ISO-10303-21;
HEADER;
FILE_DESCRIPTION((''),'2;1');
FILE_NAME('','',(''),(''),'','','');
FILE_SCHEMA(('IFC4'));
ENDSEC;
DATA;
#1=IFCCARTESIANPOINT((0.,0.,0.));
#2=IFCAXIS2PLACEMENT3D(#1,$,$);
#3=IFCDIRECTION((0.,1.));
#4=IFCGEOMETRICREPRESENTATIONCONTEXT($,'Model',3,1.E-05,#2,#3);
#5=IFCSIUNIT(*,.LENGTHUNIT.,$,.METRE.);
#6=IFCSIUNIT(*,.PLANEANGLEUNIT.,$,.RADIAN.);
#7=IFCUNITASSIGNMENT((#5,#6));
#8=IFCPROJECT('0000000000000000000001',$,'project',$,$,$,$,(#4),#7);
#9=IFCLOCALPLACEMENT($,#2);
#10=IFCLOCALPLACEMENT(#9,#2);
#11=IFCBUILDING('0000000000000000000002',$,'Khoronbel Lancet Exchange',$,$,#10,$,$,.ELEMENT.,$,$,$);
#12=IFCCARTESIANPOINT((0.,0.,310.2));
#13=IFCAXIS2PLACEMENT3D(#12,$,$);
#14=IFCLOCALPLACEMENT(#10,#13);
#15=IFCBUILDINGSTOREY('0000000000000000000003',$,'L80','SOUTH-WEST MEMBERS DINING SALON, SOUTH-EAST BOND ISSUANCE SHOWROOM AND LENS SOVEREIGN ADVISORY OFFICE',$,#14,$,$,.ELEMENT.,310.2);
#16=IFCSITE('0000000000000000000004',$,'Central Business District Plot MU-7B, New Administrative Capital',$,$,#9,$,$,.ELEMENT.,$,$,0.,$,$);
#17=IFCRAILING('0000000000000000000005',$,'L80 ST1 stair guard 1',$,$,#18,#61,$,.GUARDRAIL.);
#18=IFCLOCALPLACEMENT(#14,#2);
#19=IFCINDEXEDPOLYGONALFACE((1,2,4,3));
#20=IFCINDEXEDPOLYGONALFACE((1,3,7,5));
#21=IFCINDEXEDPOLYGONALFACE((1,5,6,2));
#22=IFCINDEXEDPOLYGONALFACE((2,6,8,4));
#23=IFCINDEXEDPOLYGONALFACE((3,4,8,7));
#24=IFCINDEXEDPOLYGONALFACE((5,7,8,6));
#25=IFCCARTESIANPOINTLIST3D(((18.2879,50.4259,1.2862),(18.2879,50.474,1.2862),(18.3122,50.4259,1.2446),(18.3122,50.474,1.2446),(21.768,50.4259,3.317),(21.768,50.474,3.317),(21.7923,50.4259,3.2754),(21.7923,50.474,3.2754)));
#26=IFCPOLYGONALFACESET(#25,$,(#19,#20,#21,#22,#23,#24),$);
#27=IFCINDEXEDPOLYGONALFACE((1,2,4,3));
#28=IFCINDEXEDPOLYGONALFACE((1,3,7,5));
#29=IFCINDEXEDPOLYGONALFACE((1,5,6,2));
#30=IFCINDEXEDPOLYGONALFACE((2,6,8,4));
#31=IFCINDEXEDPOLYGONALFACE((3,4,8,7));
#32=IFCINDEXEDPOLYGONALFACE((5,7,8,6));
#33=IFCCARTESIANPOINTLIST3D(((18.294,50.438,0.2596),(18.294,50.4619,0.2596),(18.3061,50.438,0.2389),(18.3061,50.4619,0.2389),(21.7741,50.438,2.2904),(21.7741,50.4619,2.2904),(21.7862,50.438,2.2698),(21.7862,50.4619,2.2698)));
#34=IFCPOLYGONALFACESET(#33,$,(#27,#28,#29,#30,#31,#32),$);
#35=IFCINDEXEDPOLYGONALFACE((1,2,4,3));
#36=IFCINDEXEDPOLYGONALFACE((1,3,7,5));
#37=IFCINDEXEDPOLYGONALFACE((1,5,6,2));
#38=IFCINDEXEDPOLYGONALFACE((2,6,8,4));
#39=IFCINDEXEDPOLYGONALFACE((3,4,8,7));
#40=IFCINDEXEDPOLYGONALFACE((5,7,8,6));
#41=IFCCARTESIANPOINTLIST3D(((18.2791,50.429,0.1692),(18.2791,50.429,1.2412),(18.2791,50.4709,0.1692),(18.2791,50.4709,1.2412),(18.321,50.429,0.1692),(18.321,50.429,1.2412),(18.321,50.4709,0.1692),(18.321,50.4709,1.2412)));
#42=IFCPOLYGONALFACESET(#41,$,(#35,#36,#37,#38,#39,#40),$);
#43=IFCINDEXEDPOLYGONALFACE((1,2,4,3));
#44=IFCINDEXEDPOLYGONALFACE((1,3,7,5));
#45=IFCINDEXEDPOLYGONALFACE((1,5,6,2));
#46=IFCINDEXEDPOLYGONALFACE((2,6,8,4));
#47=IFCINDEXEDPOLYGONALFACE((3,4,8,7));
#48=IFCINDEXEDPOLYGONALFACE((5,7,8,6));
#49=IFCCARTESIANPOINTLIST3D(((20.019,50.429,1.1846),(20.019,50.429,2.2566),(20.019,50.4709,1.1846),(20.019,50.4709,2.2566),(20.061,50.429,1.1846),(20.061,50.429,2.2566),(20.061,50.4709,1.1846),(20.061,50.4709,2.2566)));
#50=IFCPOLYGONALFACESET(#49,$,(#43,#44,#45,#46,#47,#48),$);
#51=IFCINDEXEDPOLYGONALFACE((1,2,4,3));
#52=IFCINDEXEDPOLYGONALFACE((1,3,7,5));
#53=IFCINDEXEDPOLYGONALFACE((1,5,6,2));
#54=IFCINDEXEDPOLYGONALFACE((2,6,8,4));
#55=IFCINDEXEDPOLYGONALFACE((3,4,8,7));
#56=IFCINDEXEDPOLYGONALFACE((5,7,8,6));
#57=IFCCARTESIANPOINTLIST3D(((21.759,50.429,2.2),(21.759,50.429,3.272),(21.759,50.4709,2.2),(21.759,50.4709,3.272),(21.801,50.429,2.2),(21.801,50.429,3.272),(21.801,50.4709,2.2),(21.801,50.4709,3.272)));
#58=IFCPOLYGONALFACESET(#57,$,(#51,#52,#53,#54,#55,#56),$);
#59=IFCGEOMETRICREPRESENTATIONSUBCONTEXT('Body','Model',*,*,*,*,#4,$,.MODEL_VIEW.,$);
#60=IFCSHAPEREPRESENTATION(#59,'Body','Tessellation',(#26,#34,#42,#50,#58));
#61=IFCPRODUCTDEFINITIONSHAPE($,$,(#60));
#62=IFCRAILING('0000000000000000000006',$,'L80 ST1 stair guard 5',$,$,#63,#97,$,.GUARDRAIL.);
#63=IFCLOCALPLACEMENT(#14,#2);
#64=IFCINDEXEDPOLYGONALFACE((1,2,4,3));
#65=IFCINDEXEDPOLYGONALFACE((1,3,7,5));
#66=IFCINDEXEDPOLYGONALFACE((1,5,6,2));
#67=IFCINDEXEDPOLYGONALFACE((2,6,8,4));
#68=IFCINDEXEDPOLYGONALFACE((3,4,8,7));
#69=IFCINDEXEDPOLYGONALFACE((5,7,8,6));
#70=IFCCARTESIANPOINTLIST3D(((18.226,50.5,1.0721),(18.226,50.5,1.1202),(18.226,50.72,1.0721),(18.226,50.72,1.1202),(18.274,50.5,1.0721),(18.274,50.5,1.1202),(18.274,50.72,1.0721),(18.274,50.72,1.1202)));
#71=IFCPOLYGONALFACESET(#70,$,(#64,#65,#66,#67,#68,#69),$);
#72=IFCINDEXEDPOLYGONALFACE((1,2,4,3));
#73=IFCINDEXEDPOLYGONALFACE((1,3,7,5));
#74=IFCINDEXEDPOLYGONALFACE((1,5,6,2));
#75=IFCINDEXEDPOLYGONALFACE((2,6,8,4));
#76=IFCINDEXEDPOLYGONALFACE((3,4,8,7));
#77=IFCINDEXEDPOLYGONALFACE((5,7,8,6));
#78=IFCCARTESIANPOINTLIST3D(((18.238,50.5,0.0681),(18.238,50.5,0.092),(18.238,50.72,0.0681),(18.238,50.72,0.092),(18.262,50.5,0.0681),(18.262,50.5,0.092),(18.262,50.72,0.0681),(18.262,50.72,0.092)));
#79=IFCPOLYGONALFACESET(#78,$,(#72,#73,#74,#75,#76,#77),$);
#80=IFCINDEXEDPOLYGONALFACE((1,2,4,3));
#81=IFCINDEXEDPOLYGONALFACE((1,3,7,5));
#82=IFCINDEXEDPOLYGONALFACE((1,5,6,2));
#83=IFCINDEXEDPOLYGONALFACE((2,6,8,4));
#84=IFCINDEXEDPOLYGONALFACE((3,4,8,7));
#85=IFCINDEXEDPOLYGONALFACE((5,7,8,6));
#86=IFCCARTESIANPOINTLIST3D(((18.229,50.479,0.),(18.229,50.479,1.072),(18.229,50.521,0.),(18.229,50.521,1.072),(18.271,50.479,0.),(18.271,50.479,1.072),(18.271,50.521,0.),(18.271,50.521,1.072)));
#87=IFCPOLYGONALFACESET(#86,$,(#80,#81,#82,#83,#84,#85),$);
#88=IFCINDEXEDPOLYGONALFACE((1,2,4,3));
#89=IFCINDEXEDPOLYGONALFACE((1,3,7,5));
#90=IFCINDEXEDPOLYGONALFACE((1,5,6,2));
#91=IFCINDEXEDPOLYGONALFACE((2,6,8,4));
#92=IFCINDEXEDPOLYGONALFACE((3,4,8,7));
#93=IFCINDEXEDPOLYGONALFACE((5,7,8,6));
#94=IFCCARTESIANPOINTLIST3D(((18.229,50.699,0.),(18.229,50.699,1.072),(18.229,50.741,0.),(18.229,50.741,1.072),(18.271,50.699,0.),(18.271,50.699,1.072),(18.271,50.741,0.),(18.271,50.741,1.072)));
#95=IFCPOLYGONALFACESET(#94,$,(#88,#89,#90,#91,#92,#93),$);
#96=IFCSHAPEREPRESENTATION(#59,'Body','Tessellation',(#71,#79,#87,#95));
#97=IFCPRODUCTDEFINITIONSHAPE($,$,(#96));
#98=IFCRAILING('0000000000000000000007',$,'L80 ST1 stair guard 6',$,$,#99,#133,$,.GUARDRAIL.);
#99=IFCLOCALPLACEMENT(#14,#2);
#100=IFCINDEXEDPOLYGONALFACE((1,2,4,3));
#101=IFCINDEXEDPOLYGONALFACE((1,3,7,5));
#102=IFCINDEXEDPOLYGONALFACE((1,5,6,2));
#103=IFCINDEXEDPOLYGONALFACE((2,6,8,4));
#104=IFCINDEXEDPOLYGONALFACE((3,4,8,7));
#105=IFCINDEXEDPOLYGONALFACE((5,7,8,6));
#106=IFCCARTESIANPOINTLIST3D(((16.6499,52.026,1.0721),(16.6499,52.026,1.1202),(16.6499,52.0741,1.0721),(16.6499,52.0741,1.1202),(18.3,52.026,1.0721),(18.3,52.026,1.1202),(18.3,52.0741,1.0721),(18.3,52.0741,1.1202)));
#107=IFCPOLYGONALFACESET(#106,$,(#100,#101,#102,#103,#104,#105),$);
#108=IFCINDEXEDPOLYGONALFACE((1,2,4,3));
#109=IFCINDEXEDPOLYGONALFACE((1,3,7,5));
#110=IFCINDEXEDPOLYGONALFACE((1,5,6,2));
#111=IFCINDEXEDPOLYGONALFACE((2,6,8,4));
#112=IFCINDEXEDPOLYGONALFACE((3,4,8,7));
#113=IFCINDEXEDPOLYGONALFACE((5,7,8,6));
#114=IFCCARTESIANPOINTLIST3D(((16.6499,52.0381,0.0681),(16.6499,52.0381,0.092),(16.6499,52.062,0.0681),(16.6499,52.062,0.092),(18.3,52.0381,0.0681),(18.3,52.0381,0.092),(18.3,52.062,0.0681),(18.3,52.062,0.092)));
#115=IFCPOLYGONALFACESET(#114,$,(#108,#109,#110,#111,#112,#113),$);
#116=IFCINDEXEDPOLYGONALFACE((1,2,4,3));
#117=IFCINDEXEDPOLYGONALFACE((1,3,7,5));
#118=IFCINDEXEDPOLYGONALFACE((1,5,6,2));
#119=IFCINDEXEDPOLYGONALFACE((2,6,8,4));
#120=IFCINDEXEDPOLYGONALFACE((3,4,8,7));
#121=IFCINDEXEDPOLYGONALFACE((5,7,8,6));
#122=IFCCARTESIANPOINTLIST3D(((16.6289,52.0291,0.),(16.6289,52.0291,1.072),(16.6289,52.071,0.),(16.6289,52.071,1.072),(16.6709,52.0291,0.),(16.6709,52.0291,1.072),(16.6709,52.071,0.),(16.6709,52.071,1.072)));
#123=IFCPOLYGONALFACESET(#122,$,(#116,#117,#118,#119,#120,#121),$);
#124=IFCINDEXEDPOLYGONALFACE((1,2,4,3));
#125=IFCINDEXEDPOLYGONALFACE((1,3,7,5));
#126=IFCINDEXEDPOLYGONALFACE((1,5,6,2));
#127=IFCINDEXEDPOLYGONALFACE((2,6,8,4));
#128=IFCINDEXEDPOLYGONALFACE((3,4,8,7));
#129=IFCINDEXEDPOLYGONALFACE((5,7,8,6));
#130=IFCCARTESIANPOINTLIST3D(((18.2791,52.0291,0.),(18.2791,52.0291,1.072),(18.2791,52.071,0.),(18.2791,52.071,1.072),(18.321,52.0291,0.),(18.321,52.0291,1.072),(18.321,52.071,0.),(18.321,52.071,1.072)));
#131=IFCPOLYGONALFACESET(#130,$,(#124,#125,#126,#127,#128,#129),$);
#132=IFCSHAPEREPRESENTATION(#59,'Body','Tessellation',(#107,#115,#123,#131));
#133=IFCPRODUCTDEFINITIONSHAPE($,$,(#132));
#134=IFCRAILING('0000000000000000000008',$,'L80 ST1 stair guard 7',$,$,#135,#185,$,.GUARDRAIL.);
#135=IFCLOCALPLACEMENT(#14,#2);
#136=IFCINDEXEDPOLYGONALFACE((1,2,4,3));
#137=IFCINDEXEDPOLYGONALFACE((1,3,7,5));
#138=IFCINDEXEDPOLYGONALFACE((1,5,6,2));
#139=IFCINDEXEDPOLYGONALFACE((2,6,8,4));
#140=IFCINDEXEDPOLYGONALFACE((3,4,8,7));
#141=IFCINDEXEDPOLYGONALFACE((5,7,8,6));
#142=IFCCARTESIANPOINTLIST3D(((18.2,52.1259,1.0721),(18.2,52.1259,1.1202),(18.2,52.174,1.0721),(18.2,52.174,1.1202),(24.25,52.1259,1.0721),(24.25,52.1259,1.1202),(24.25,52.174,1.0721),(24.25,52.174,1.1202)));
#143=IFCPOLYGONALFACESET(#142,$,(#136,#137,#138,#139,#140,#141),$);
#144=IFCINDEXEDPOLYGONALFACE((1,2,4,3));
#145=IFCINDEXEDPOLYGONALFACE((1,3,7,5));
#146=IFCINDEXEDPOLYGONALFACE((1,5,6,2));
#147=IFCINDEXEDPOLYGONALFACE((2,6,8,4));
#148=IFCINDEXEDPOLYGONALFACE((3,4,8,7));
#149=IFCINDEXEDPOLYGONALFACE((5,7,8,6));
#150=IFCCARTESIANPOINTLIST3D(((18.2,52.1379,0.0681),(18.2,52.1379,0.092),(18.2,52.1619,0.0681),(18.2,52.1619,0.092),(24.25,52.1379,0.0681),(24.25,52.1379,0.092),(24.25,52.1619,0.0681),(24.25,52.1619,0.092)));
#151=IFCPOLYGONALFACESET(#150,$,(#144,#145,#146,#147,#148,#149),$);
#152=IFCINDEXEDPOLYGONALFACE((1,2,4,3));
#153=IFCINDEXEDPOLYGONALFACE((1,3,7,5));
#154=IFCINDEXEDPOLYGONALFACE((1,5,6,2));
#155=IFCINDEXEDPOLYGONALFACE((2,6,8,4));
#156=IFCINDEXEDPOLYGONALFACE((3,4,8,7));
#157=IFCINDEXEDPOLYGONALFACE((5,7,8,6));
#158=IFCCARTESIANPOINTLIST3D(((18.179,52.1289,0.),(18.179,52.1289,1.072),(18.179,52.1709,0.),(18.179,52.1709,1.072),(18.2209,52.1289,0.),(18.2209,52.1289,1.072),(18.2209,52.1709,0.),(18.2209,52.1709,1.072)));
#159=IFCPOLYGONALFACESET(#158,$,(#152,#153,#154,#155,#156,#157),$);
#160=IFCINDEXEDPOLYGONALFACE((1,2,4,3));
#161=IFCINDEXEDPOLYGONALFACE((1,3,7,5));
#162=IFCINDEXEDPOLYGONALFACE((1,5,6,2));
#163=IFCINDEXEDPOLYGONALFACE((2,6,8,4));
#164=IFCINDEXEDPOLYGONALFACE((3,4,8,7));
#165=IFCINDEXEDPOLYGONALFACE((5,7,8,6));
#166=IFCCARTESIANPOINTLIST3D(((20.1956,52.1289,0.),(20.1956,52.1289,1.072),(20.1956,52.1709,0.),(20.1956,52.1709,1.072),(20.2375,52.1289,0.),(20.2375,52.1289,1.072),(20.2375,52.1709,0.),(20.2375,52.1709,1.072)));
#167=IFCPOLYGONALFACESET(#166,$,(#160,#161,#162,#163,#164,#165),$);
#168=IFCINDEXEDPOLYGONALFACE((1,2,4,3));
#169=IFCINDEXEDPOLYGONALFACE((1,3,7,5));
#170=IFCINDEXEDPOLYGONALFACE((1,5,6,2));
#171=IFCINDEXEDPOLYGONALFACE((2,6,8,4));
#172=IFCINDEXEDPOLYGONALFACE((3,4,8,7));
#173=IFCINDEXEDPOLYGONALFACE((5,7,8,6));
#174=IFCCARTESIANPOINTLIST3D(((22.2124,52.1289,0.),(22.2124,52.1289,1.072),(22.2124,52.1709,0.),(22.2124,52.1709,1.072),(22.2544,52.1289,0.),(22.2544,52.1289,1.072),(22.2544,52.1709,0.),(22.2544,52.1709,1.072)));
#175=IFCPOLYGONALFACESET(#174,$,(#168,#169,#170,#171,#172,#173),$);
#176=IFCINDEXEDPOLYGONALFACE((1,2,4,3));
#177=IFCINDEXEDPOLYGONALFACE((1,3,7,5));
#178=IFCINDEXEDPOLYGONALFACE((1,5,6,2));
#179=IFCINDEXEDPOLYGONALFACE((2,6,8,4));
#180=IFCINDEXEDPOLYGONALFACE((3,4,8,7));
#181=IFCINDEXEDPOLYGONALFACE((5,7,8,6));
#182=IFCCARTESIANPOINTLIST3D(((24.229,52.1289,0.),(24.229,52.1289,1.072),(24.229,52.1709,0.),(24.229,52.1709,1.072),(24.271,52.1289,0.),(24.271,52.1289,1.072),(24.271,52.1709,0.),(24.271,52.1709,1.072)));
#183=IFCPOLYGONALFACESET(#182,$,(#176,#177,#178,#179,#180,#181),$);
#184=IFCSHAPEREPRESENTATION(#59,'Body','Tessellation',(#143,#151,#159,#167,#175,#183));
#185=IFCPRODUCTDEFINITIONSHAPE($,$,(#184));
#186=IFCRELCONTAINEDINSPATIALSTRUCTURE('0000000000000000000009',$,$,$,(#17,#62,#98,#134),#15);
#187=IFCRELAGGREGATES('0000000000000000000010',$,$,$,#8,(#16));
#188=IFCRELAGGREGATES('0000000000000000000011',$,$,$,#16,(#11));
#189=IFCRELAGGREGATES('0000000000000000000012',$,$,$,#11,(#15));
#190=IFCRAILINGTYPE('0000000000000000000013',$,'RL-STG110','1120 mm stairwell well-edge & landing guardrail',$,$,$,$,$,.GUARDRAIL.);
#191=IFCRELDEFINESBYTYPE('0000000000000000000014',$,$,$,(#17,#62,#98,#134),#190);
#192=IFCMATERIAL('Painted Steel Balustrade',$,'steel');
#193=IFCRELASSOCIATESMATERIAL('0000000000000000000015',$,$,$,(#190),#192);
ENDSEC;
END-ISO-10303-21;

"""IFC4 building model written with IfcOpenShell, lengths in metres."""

from ifc_helpers import new_model, si_unit, direction, frame, origin, origin_2d, place, context, subcontext, project, spatial, rectangle, extrude, material, type_object, element, save


model = new_model("IFC4")

# Units and contexts
model_context = context("Model", 3, precision=1e-05, world=origin(), true_north=direction((0.0, 1.0)))
body_context = subcontext(model_context, "Body", "Model", "MODEL_VIEW")
ifc_project = project(units=[si_unit("LENGTHUNIT", "METRE"), si_unit("PLANEANGLEUNIT", "RADIAN")], contexts=[model_context])

# Site, building, storey
site_placement = place(None, origin())
site = spatial("IfcSite", under=ifc_project, at=site_placement, Name="Central Business District Plot MU-7B, New Administrative Capital", CompositionType="ELEMENT", RefElevation=0.0)
building_placement = place(site_placement, origin())
building = spatial("IfcBuilding", under=site, at=building_placement, Name="Khoronbel Lancet Exchange", CompositionType="ELEMENT")
storey_placement = place(building_placement, frame((0.0, 0.0, 310.2)))
storey = spatial("IfcBuildingStorey", under=building, at=storey_placement, Name="L80", Description="SOUTH-WEST MEMBERS DINING SALON, SOUTH-EAST BOND ISSUANCE SHOWROOM AND LENS SOVEREIGN ADVISORY OFFICE", CompositionType="ELEMENT", Elevation=310.2)

# Railings
ifc_material_1 = material(Name="Painted Steel Balustrade", Category="steel")
railing_type = type_object("IfcRailingType", Name="RL-STG110", Description="1120 mm stairwell well-edge & landing guardrail", PredefinedType="GUARDRAIL", material=ifc_material_1)
railing_1_placement = place(storey_placement, frame((18.3, 50.45, 0.1692)))
element("IfcRailing", 1, at=railing_1_placement, inside=storey, type_object=railing_type, Name="L80 ST1 stair guard 1", PredefinedType="GUARDRAIL", context=body_context, shape_type="SweptSolid", body=[
    extrude(rectangle(XDim=0.0481, YDim=0.0481, at=origin_2d()), frame((0.0, 0.0, 1.0962), z_axis=(0.863695, 0.0, 0.504014), x_axis=(0.0, 1.0, 0.0)), (0.0, 0.0, 1.0), 4.0293),
    extrude(rectangle(XDim=0.0239, YDim=0.0239, at=origin_2d()), frame((0.0, 0.0, 0.0801), z_axis=(0.863695, 0.0, 0.504014), x_axis=(0.0, 1.0, 0.0)), (0.0, 0.0, 1.0), 4.0293),
    extrude(rectangle(XDim=0.042, YDim=0.042, at=origin_2d()), origin(), (0.0, 0.0, 1.0), 1.072),
    extrude(rectangle(XDim=0.042, YDim=0.042, at=origin_2d()), frame((1.74, 0.0, 1.0154)), (0.0, 0.0, 1.0), 1.072),
    extrude(rectangle(XDim=0.042, YDim=0.042, at=origin_2d()), frame((3.48, 0.0, 2.0308)), (0.0, 0.0, 1.0), 1.072),
])
railing_2_placement = place(storey_placement, frame((18.25, 50.5, 0.0)))
element("IfcRailing", 2, at=railing_2_placement, inside=storey, type_object=railing_type, Name="L80 ST1 stair guard 5", PredefinedType="GUARDRAIL", context=body_context, shape_type="SweptSolid", body=[
    extrude(rectangle(XDim=0.0481, YDim=0.0481, at=origin_2d()), frame((0.0, 0.0, 1.0962), z_axis=(0.0, 1.0, 0.0), x_axis=(-1.0, 0.0, 0.0)), (0.0, 0.0, 1.0), 0.22),
    extrude(rectangle(XDim=0.0239, YDim=0.0239, at=origin_2d()), frame((0.0, 0.0, 0.0801), z_axis=(0.0, 1.0, 0.0), x_axis=(-1.0, 0.0, 0.0)), (0.0, 0.0, 1.0), 0.22),
    extrude(rectangle(XDim=0.042, YDim=0.042, at=origin_2d()), origin(), (0.0, 0.0, 1.0), 1.072),
    extrude(rectangle(XDim=0.042, YDim=0.042, at=origin_2d()), frame((0.0, 0.22, 0.0)), (0.0, 0.0, 1.0), 1.072),
])
railing_3_placement = place(storey_placement, frame((16.6499, 52.05, 0.0)))
element("IfcRailing", 3, at=railing_3_placement, inside=storey, type_object=railing_type, Name="L80 ST1 stair guard 6", PredefinedType="GUARDRAIL", context=body_context, shape_type="SweptSolid", body=[
    extrude(rectangle(XDim=0.0481, YDim=0.0481, at=origin_2d()), frame((0.0, 0.0, 1.0962), z_axis=(1.0, 0.0, 0.0), x_axis=(0.0, 1.0, 0.0)), (0.0, 0.0, 1.0), 1.6501),
    extrude(rectangle(XDim=0.0239, YDim=0.0239, at=origin_2d()), frame((0.0, 0.0, 0.0801), z_axis=(1.0, 0.0, 0.0), x_axis=(0.0, 1.0, 0.0)), (0.0, 0.0, 1.0), 1.6501),
    extrude(rectangle(XDim=0.042, YDim=0.042, at=origin_2d()), origin(), (0.0, 0.0, 1.0), 1.072),
    extrude(rectangle(XDim=0.042, YDim=0.042, at=origin_2d()), frame((1.6501, 0.0, 0.0)), (0.0, 0.0, 1.0), 1.072),
])
railing_4_placement = place(storey_placement, frame((18.2, 52.1499, 0.0)))
element("IfcRailing", 4, at=railing_4_placement, inside=storey, type_object=railing_type, Name="L80 ST1 stair guard 7", PredefinedType="GUARDRAIL", context=body_context, shape_type="SweptSolid", body=[
    extrude(rectangle(XDim=0.0481, YDim=0.0481, at=origin_2d()), frame((0.0, 0.0, 1.0962), z_axis=(1.0, 0.0, 0.0), x_axis=(0.0, 1.0, 0.0)), (0.0, 0.0, 1.0), 6.05),
    extrude(rectangle(XDim=0.0239, YDim=0.0239, at=origin_2d()), frame((0.0, 0.0, 0.0801), z_axis=(1.0, 0.0, 0.0), x_axis=(0.0, 1.0, 0.0)), (0.0, 0.0, 1.0), 6.05),
    extrude(rectangle(XDim=0.042, YDim=0.042, at=origin_2d()), origin(), (0.0, 0.0, 1.0), 1.072),
    extrude(rectangle(XDim=0.042, YDim=0.042, at=origin_2d()), frame((2.0166, 0.0, 0.0)), (0.0, 0.0, 1.0), 1.072),
    extrude(rectangle(XDim=0.042, YDim=0.042, at=origin_2d()), frame((4.0334, 0.0, 0.0)), (0.0, 0.0, 1.0), 1.072),
    extrude(rectangle(XDim=0.042, YDim=0.042, at=origin_2d()), frame((6.05, 0.0, 0.0)), (0.0, 0.0, 1.0), 1.072),
])

save(model, "model.ifc")
